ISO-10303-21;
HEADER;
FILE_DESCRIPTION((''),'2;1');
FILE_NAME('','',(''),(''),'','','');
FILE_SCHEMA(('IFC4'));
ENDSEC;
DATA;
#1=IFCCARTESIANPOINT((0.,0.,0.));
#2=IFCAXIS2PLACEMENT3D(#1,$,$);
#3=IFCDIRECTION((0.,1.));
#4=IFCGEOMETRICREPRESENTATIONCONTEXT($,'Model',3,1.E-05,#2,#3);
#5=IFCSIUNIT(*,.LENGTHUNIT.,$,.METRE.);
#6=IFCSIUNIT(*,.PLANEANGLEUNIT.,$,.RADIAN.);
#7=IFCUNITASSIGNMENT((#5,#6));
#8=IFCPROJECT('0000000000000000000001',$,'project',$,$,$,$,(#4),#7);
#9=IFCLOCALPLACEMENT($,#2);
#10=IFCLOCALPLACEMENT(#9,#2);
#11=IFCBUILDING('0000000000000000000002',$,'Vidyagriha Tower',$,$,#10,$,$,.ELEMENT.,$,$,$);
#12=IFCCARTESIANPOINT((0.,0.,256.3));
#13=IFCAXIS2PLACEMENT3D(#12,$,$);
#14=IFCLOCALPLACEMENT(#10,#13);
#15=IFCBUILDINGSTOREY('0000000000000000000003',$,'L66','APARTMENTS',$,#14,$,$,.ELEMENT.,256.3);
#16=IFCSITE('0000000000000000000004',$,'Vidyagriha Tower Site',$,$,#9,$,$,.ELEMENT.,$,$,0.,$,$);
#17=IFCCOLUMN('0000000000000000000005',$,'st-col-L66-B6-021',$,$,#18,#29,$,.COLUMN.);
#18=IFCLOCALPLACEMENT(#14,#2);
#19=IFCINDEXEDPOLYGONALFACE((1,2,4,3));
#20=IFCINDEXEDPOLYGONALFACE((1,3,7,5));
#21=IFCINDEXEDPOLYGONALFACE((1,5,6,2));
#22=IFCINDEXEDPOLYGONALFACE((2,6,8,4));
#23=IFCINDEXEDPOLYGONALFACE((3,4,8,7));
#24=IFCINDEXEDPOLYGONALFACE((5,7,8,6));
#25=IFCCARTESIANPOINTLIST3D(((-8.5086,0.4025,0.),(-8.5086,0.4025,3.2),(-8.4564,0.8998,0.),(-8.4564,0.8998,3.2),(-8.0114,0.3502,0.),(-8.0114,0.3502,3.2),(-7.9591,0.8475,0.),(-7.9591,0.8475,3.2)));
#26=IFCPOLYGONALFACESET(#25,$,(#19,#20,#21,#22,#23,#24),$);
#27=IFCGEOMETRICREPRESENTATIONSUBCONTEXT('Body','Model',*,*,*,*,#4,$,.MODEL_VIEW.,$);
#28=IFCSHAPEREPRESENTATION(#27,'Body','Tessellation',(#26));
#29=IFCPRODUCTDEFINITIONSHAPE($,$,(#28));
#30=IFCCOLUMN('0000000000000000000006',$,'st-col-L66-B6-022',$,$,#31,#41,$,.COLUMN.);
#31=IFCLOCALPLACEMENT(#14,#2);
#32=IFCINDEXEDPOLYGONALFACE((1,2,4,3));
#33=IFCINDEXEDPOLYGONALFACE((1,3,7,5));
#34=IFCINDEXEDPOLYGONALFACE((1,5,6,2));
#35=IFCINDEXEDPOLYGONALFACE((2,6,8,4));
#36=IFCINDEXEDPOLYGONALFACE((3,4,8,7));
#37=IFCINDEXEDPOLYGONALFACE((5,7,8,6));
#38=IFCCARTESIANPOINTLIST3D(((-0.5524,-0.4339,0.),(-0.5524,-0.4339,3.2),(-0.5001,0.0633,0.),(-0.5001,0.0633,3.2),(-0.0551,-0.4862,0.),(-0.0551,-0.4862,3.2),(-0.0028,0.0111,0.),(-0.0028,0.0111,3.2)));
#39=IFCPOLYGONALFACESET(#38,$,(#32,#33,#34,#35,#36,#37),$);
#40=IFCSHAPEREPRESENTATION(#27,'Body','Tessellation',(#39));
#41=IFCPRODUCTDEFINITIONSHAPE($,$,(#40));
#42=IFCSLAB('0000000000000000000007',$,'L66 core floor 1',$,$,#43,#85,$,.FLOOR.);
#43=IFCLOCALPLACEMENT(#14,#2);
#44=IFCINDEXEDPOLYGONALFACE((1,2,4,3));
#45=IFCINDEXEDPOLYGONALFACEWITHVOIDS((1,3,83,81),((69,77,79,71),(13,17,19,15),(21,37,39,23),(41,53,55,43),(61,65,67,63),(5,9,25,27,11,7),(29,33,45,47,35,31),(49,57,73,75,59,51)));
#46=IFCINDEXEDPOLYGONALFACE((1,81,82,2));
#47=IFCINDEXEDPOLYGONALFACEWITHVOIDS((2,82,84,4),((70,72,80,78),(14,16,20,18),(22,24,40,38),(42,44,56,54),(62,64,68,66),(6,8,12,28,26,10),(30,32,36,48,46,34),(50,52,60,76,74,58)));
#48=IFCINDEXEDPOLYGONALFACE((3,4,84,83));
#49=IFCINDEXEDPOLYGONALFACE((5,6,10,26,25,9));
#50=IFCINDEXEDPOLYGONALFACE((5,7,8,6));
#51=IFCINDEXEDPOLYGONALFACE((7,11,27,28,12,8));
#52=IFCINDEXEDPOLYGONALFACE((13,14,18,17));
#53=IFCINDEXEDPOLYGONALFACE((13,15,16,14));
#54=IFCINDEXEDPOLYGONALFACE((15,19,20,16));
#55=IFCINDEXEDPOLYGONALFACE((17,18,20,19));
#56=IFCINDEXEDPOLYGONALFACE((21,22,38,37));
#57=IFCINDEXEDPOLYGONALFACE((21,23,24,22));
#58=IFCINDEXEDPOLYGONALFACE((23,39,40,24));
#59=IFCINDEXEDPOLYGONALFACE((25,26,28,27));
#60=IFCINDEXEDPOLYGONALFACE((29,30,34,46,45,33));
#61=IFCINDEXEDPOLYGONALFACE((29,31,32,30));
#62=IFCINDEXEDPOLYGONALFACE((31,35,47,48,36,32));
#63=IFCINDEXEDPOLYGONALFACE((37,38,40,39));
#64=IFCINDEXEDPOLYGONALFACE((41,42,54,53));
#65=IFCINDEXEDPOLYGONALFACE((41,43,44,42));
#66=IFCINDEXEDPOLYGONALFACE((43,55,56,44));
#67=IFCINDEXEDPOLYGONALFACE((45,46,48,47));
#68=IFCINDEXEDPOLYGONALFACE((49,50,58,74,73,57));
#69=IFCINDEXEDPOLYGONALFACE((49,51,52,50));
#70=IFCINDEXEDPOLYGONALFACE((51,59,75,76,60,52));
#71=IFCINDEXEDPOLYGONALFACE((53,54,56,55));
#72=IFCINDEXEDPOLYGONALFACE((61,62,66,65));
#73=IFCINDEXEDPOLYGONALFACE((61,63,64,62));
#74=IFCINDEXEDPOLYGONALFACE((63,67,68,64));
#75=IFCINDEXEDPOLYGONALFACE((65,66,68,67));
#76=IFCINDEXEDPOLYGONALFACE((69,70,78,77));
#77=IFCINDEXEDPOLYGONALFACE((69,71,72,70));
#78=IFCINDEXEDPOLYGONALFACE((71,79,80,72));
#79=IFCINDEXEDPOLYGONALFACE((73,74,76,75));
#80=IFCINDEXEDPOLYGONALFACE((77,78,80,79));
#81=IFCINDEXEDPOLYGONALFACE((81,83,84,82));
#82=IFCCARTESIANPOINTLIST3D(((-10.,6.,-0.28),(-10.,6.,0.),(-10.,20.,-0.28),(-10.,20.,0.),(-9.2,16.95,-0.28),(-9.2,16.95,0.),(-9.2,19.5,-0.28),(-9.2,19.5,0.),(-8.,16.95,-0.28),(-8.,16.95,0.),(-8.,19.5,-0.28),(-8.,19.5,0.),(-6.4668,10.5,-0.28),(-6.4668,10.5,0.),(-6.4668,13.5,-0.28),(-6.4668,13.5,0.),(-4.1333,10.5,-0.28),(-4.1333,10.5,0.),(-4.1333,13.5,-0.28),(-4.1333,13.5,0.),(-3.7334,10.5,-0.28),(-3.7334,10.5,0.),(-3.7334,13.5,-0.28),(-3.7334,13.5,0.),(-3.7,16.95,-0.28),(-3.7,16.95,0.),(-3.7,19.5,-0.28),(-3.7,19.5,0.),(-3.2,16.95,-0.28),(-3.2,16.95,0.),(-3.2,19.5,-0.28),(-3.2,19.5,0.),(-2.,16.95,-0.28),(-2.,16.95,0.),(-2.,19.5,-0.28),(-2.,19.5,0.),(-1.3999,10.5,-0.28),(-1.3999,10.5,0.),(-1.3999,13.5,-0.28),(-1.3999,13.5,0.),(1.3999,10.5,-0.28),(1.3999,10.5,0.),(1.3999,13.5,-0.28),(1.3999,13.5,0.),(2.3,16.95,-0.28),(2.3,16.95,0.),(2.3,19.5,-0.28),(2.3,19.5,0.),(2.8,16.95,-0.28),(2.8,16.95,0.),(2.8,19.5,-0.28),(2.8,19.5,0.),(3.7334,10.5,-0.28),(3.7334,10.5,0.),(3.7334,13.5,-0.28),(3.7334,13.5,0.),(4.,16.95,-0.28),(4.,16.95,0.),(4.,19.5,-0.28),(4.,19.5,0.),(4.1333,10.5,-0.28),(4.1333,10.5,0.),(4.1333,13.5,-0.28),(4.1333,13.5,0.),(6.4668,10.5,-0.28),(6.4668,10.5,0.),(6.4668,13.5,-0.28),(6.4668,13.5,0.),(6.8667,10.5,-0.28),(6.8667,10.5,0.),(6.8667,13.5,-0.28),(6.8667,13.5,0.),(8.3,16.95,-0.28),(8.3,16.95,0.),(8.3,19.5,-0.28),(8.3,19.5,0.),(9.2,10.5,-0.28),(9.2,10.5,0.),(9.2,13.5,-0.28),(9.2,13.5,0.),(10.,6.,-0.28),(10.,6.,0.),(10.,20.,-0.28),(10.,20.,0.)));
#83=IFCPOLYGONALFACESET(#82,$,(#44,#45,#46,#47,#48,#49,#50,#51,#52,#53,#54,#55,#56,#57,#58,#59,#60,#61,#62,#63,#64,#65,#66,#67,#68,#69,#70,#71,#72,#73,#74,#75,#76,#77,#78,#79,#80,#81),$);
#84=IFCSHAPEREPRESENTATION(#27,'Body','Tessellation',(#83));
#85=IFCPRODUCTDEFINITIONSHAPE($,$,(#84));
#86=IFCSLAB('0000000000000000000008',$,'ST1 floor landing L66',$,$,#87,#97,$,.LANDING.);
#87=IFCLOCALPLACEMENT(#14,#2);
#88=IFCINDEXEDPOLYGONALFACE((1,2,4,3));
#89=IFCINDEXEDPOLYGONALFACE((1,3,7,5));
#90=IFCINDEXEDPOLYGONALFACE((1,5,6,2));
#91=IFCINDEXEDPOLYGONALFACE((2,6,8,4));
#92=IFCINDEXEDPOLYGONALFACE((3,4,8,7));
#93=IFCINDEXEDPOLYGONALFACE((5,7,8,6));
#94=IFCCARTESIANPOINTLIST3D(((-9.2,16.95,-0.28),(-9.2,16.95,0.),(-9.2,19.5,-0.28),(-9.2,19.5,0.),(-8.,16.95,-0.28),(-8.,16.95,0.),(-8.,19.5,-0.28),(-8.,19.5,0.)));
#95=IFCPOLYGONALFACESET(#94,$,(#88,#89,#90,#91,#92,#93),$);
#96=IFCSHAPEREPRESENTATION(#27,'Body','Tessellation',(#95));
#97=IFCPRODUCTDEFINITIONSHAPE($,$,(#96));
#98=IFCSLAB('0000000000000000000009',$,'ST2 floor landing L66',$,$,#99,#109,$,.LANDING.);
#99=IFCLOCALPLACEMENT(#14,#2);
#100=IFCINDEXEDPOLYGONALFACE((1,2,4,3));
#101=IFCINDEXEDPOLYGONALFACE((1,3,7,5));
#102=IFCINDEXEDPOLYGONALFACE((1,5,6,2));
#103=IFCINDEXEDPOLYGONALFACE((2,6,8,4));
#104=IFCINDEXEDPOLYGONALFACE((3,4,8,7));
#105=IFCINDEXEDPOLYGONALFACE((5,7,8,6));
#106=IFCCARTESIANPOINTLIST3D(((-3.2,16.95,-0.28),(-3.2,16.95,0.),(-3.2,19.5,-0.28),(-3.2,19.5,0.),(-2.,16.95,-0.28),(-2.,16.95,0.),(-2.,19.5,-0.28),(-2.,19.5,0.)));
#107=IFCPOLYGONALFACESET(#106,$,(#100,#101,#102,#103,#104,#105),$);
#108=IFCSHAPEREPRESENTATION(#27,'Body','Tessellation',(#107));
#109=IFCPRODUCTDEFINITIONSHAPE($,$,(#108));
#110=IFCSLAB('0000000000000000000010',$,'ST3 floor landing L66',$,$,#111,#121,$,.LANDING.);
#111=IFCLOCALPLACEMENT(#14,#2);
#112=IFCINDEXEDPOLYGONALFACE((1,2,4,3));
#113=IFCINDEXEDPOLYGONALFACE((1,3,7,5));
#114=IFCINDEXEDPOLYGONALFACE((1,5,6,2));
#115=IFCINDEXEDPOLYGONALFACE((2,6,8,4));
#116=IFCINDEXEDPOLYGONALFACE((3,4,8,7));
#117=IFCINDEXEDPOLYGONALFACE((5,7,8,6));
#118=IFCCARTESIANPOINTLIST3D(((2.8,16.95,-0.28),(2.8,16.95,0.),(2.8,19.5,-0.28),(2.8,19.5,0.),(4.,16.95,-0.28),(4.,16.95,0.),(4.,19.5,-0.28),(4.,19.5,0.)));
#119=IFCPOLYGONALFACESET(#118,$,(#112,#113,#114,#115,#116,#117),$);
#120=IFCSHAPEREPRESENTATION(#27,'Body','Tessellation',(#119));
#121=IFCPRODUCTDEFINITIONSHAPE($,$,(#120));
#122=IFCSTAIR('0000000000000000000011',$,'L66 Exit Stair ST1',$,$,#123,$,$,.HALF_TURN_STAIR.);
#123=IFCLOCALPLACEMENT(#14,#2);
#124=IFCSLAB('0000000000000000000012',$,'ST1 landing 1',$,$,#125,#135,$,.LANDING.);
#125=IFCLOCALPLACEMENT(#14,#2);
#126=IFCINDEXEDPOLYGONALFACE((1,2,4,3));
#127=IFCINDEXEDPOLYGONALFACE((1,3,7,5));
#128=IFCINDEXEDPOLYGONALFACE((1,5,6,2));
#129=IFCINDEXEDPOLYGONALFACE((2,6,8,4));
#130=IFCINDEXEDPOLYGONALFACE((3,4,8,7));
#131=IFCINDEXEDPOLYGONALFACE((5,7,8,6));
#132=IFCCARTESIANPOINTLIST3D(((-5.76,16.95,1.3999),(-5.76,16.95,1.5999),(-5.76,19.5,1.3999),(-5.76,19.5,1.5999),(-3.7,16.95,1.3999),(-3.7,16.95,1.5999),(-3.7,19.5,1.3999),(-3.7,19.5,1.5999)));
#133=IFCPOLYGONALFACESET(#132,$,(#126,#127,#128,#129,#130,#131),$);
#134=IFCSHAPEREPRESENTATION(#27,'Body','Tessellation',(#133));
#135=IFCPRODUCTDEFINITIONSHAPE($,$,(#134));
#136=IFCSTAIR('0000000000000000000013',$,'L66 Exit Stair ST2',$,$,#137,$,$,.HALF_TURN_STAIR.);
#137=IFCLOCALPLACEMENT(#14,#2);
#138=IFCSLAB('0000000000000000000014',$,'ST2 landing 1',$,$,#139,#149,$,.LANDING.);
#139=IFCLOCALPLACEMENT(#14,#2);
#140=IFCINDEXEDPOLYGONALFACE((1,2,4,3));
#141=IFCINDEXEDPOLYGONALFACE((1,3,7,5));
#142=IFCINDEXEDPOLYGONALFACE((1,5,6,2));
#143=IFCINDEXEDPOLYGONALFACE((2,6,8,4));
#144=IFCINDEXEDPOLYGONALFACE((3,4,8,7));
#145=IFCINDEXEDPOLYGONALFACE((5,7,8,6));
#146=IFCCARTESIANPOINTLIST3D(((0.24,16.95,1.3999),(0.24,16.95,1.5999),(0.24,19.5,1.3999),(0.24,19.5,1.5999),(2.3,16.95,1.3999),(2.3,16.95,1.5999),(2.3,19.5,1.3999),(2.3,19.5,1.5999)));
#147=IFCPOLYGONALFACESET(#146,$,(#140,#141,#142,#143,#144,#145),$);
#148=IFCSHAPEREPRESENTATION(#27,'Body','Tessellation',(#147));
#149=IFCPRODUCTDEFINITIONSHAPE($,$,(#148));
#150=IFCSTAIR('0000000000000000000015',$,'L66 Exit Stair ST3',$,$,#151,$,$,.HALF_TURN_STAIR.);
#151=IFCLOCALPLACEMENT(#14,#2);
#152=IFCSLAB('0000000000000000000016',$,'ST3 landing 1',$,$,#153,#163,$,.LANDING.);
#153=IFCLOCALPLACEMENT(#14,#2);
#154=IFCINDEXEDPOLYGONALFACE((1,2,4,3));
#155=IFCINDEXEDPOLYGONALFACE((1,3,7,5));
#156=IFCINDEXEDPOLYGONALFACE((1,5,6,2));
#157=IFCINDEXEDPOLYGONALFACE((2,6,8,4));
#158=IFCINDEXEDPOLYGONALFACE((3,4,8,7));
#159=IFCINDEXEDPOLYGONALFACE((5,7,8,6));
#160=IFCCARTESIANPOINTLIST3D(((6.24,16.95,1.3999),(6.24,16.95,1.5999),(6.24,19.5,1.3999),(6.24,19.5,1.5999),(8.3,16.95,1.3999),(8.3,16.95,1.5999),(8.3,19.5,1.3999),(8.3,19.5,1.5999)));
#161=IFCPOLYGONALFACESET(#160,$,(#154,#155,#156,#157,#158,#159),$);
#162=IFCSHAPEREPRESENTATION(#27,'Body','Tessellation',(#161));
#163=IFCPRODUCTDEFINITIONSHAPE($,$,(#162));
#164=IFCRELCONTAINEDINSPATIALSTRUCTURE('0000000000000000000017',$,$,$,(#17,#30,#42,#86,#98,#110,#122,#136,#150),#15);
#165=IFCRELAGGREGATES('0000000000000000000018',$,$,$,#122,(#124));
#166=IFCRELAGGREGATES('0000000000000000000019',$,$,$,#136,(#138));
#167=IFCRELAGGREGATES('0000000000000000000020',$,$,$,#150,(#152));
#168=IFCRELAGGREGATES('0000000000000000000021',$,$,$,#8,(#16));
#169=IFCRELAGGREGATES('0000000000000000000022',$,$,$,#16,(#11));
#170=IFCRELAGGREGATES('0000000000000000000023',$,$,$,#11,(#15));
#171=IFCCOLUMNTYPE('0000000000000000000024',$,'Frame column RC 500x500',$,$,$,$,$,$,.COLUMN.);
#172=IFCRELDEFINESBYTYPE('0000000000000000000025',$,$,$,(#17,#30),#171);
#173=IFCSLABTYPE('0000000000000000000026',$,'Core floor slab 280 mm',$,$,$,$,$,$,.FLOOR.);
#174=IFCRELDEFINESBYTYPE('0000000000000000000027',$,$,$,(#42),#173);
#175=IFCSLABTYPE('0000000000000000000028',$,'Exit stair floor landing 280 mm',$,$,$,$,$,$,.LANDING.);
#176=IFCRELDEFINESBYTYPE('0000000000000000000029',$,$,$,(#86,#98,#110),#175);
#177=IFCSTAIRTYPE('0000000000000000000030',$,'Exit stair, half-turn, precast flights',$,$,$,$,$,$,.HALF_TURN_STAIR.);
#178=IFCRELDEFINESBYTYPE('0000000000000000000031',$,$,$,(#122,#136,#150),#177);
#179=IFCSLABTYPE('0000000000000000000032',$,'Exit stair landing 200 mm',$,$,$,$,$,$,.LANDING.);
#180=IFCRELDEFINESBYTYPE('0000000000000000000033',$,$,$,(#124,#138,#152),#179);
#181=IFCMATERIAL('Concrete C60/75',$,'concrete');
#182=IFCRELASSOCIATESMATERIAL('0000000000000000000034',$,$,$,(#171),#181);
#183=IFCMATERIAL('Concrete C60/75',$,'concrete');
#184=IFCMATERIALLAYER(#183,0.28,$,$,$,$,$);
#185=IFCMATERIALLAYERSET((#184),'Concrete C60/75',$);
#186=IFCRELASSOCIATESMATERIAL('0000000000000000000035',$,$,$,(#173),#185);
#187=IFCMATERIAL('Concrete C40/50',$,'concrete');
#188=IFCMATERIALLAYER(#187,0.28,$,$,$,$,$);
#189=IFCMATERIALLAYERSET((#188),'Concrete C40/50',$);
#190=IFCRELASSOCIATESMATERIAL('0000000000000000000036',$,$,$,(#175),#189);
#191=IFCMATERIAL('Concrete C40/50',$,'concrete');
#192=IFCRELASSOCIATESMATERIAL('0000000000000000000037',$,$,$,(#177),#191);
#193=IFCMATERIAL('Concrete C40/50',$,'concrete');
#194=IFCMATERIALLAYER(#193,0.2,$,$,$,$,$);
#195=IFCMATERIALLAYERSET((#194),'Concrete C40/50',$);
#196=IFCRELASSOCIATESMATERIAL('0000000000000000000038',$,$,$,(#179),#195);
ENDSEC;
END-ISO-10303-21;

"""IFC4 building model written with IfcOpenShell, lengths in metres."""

from ifc_helpers import new_model, si_unit, direction, frame, origin, origin_2d, place, context, subcontext, project, spatial, polyline, rectangle, outline, extrude, material, layer, layer_set, material_profile, profile_set, type_object, element, aggregate, save


model = new_model("IFC4")

# Units and contexts
model_context = context("Model", 3, precision=1e-05, world=origin(), true_north=direction((0.0, 1.0)))
body_context = subcontext(model_context, "Body", "Model", "MODEL_VIEW")
ifc_project = project(units=[si_unit("LENGTHUNIT", "METRE"), si_unit("PLANEANGLEUNIT", "RADIAN")], contexts=[model_context])

# Site, building, storey
site_placement = place(None, origin())
site = spatial("IfcSite", under=ifc_project, at=site_placement, Name="Vidyagriha Tower Site", CompositionType="ELEMENT", RefElevation=0.0)
building_placement = place(site_placement, origin())
building = spatial("IfcBuilding", under=site, at=building_placement, Name="Vidyagriha Tower", CompositionType="ELEMENT")
storey_placement = place(building_placement, frame((0.0, 0.0, 256.3)))
storey = spatial("IfcBuildingStorey", under=building, at=storey_placement, Name="L66", Description="APARTMENTS", CompositionType="ELEMENT", Elevation=256.3)

# Columns
ifc_material_1 = material(Name="Concrete C60/75", Category="concrete")
ifc_material_profile = material_profile(ifc_material_1, rectangle(XDim=0.5, YDim=0.5, at=origin_2d()), Name="RC 500x500")
ifc_profile_set = profile_set([ifc_material_profile], Name="Concrete C60/75")
column_type = type_object("IfcColumnType", Name="Frame column RC 500x500", PredefinedType="COLUMN", material=ifc_profile_set)
for number, where, z_axis, x_axis, name in (
    (1, (-8.2339, 0.625, 0.0), (0.0, 0.0, 1.0), (0.994522, -0.104528, 0.0), "st-col-L66-B6-021"),
    (2, (-0.2776, -0.2114, 0.0), (0.0, 0.0, 1.0), (0.994522, -0.104528, 0.0), "st-col-L66-B6-022"),
):
    element("IfcColumn", number, at=place(storey_placement, frame(where, z_axis=z_axis, x_axis=x_axis)), inside=storey, type_object=column_type, Name=name, PredefinedType="COLUMN", context=body_context, shape_type="SweptSolid", body=[
        extrude(rectangle(XDim=0.5, YDim=0.5, at=origin_2d()), origin(), (0.0, 0.0, 1.0), 3.2),
    ])

# Slabs
ifc_material_2 = material(Name="Concrete C60/75", Category="concrete")
ifc_layer_1 = layer(ifc_material_2, 0.28)
ifc_layer_set_1 = layer_set([ifc_layer_1], Name="Concrete C60/75")
slab_type_1 = type_object("IfcSlabType", Name="Core floor slab 280 mm", PredefinedType="FLOOR", material=ifc_layer_set_1)
slab_1_placement = place(storey_placement, frame((0.0, 0.0, -0.28)))
element("IfcSlab", 3, at=slab_1_placement, inside=storey, type_object=slab_type_1, Name="L66 core floor 1", PredefinedType="FLOOR", context=body_context, shape_type="SweptSolid", body=[
    extrude(outline(polyline([(-10.0, 6.0), (-10.0, 20.0), (10.0, 20.0), (10.0, 6.0), (-10.0, 6.0)]), holes=[polyline([(6.8667, 13.5), (6.8667, 10.5), (9.2, 10.5), (9.2, 13.5), (6.8667, 13.5)]), polyline([(4.0, 19.5), (2.8, 19.5), (2.8, 16.95), (4.0, 16.95), (8.3, 16.95), (8.3, 19.5), (4.0, 19.5)]), polyline([(6.4668, 13.5), (4.1333, 13.5), (4.1333, 10.5), (6.4668, 10.5), (6.4668, 13.5)]), polyline([(3.7334, 13.5), (1.3999, 13.5), (1.3999, 10.5), (3.7334, 10.5), (3.7334, 13.5)]), polyline([(-2.0, 16.95), (2.3, 16.95), (2.3, 19.5), (-2.0, 19.5), (-3.2, 19.5), (-3.2, 16.95), (-2.0, 16.95)]), polyline([(-3.7334, 13.5), (-3.7334, 10.5), (-1.3999, 10.5), (-1.3999, 13.5), (-3.7334, 13.5)]), polyline([(-9.2, 19.5), (-9.2, 16.95), (-8.0, 16.95), (-3.7, 16.95), (-3.7, 19.5), (-8.0, 19.5), (-9.2, 19.5)]), polyline([(-6.4668, 13.5), (-6.4668, 10.5), (-4.1333, 10.5), (-4.1333, 13.5), (-6.4668, 13.5)])]), origin(), (0.0, 0.0, 1.0), 0.28),
])
ifc_material_3 = material(Name="Concrete C40/50", Category="concrete")
ifc_layer_2 = layer(ifc_material_3, 0.28)
ifc_layer_set_2 = layer_set([ifc_layer_2], Name="Concrete C40/50")
slab_type_2 = type_object("IfcSlabType", Name="Exit stair floor landing 280 mm", PredefinedType="LANDING", material=ifc_layer_set_2)
slab_2_placement = place(storey_placement, frame((0.0, 0.0, -0.28)))
element("IfcSlab", 4, at=slab_2_placement, inside=storey, type_object=slab_type_2, Name="ST1 floor landing L66", PredefinedType="LANDING", context=body_context, shape_type="SweptSolid", body=[
    extrude(outline(polyline([(-9.2, 16.95), (-8.0, 16.95), (-8.0, 19.5), (-9.2, 19.5), (-9.2, 16.95)])), origin(), (0.0, 0.0, 1.0), 0.28),
])
slab_3_placement = place(storey_placement, frame((0.0, 0.0, -0.28)))
element("IfcSlab", 5, at=slab_3_placement, inside=storey, type_object=slab_type_2, Name="ST2 floor landing L66", PredefinedType="LANDING", context=body_context, shape_type="SweptSolid", body=[
    extrude(outline(polyline([(-3.2, 16.95), (-2.0, 16.95), (-2.0, 19.5), (-3.2, 19.5), (-3.2, 16.95)])), origin(), (0.0, 0.0, 1.0), 0.28),
])
slab_4_placement = place(storey_placement, frame((0.0, 0.0, -0.28)))
element("IfcSlab", 6, at=slab_4_placement, inside=storey, type_object=slab_type_2, Name="ST3 floor landing L66", PredefinedType="LANDING", context=body_context, shape_type="SweptSolid", body=[
    extrude(outline(polyline([(2.8, 16.95), (4.0, 16.95), (4.0, 19.5), (2.8, 19.5), (2.8, 16.95)])), origin(), (0.0, 0.0, 1.0), 0.28),
])

# Stairs, slabs
ifc_material_4 = material(Name="Concrete C40/50", Category="concrete")
stair_type = type_object("IfcStairType", Name="Exit stair, half-turn, precast flights", PredefinedType="HALF_TURN_STAIR", material=ifc_material_4)
stair_1_placement = place(storey_placement, origin())
stair_1 = element("IfcStair", 7, at=stair_1_placement, inside=storey, type_object=stair_type, Name="L66 Exit Stair ST1", PredefinedType="HALF_TURN_STAIR")
ifc_material_5 = material(Name="Concrete C40/50", Category="concrete")
ifc_layer_3 = layer(ifc_material_5, 0.2)
ifc_layer_set_3 = layer_set([ifc_layer_3], Name="Concrete C40/50")
slab_type_3 = type_object("IfcSlabType", Name="Exit stair landing 200 mm", PredefinedType="LANDING", material=ifc_layer_set_3)
slab_5_placement = place(storey_placement, frame((0.0, 0.0, 1.3999)))
slab_5 = element("IfcSlab", 8, at=slab_5_placement, type_object=slab_type_3, Name="ST1 landing 1", PredefinedType="LANDING", context=body_context, shape_type="SweptSolid", body=[
    extrude(outline(polyline([(-5.76, 16.95), (-3.7, 16.95), (-3.7, 19.5), (-5.76, 19.5), (-5.76, 16.95)])), origin(), (0.0, 0.0, 1.0), 0.2),
])
aggregate(stair_1, [slab_5])
stair_2_placement = place(storey_placement, origin())
stair_2 = element("IfcStair", 9, at=stair_2_placement, inside=storey, type_object=stair_type, Name="L66 Exit Stair ST2", PredefinedType="HALF_TURN_STAIR")
slab_6_placement = place(storey_placement, frame((0.0, 0.0, 1.3999)))
slab_6 = element("IfcSlab", 10, at=slab_6_placement, type_object=slab_type_3, Name="ST2 landing 1", PredefinedType="LANDING", context=body_context, shape_type="SweptSolid", body=[
    extrude(outline(polyline([(0.24, 16.95), (2.3, 16.95), (2.3, 19.5), (0.24, 19.5), (0.24, 16.95)])), origin(), (0.0, 0.0, 1.0), 0.2),
])
aggregate(stair_2, [slab_6])
stair_3_placement = place(storey_placement, origin())
stair_3 = element("IfcStair", 11, at=stair_3_placement, inside=storey, type_object=stair_type, Name="L66 Exit Stair ST3", PredefinedType="HALF_TURN_STAIR")
slab_7_placement = place(storey_placement, frame((0.0, 0.0, 1.3999)))
slab_7 = element("IfcSlab", 12, at=slab_7_placement, type_object=slab_type_3, Name="ST3 landing 1", PredefinedType="LANDING", context=body_context, shape_type="SweptSolid", body=[
    extrude(outline(polyline([(6.24, 16.95), (8.3, 16.95), (8.3, 19.5), (6.24, 19.5), (6.24, 16.95)])), origin(), (0.0, 0.0, 1.0), 0.2),
])
aggregate(stair_3, [slab_7])

save(model, "model.ifc")
